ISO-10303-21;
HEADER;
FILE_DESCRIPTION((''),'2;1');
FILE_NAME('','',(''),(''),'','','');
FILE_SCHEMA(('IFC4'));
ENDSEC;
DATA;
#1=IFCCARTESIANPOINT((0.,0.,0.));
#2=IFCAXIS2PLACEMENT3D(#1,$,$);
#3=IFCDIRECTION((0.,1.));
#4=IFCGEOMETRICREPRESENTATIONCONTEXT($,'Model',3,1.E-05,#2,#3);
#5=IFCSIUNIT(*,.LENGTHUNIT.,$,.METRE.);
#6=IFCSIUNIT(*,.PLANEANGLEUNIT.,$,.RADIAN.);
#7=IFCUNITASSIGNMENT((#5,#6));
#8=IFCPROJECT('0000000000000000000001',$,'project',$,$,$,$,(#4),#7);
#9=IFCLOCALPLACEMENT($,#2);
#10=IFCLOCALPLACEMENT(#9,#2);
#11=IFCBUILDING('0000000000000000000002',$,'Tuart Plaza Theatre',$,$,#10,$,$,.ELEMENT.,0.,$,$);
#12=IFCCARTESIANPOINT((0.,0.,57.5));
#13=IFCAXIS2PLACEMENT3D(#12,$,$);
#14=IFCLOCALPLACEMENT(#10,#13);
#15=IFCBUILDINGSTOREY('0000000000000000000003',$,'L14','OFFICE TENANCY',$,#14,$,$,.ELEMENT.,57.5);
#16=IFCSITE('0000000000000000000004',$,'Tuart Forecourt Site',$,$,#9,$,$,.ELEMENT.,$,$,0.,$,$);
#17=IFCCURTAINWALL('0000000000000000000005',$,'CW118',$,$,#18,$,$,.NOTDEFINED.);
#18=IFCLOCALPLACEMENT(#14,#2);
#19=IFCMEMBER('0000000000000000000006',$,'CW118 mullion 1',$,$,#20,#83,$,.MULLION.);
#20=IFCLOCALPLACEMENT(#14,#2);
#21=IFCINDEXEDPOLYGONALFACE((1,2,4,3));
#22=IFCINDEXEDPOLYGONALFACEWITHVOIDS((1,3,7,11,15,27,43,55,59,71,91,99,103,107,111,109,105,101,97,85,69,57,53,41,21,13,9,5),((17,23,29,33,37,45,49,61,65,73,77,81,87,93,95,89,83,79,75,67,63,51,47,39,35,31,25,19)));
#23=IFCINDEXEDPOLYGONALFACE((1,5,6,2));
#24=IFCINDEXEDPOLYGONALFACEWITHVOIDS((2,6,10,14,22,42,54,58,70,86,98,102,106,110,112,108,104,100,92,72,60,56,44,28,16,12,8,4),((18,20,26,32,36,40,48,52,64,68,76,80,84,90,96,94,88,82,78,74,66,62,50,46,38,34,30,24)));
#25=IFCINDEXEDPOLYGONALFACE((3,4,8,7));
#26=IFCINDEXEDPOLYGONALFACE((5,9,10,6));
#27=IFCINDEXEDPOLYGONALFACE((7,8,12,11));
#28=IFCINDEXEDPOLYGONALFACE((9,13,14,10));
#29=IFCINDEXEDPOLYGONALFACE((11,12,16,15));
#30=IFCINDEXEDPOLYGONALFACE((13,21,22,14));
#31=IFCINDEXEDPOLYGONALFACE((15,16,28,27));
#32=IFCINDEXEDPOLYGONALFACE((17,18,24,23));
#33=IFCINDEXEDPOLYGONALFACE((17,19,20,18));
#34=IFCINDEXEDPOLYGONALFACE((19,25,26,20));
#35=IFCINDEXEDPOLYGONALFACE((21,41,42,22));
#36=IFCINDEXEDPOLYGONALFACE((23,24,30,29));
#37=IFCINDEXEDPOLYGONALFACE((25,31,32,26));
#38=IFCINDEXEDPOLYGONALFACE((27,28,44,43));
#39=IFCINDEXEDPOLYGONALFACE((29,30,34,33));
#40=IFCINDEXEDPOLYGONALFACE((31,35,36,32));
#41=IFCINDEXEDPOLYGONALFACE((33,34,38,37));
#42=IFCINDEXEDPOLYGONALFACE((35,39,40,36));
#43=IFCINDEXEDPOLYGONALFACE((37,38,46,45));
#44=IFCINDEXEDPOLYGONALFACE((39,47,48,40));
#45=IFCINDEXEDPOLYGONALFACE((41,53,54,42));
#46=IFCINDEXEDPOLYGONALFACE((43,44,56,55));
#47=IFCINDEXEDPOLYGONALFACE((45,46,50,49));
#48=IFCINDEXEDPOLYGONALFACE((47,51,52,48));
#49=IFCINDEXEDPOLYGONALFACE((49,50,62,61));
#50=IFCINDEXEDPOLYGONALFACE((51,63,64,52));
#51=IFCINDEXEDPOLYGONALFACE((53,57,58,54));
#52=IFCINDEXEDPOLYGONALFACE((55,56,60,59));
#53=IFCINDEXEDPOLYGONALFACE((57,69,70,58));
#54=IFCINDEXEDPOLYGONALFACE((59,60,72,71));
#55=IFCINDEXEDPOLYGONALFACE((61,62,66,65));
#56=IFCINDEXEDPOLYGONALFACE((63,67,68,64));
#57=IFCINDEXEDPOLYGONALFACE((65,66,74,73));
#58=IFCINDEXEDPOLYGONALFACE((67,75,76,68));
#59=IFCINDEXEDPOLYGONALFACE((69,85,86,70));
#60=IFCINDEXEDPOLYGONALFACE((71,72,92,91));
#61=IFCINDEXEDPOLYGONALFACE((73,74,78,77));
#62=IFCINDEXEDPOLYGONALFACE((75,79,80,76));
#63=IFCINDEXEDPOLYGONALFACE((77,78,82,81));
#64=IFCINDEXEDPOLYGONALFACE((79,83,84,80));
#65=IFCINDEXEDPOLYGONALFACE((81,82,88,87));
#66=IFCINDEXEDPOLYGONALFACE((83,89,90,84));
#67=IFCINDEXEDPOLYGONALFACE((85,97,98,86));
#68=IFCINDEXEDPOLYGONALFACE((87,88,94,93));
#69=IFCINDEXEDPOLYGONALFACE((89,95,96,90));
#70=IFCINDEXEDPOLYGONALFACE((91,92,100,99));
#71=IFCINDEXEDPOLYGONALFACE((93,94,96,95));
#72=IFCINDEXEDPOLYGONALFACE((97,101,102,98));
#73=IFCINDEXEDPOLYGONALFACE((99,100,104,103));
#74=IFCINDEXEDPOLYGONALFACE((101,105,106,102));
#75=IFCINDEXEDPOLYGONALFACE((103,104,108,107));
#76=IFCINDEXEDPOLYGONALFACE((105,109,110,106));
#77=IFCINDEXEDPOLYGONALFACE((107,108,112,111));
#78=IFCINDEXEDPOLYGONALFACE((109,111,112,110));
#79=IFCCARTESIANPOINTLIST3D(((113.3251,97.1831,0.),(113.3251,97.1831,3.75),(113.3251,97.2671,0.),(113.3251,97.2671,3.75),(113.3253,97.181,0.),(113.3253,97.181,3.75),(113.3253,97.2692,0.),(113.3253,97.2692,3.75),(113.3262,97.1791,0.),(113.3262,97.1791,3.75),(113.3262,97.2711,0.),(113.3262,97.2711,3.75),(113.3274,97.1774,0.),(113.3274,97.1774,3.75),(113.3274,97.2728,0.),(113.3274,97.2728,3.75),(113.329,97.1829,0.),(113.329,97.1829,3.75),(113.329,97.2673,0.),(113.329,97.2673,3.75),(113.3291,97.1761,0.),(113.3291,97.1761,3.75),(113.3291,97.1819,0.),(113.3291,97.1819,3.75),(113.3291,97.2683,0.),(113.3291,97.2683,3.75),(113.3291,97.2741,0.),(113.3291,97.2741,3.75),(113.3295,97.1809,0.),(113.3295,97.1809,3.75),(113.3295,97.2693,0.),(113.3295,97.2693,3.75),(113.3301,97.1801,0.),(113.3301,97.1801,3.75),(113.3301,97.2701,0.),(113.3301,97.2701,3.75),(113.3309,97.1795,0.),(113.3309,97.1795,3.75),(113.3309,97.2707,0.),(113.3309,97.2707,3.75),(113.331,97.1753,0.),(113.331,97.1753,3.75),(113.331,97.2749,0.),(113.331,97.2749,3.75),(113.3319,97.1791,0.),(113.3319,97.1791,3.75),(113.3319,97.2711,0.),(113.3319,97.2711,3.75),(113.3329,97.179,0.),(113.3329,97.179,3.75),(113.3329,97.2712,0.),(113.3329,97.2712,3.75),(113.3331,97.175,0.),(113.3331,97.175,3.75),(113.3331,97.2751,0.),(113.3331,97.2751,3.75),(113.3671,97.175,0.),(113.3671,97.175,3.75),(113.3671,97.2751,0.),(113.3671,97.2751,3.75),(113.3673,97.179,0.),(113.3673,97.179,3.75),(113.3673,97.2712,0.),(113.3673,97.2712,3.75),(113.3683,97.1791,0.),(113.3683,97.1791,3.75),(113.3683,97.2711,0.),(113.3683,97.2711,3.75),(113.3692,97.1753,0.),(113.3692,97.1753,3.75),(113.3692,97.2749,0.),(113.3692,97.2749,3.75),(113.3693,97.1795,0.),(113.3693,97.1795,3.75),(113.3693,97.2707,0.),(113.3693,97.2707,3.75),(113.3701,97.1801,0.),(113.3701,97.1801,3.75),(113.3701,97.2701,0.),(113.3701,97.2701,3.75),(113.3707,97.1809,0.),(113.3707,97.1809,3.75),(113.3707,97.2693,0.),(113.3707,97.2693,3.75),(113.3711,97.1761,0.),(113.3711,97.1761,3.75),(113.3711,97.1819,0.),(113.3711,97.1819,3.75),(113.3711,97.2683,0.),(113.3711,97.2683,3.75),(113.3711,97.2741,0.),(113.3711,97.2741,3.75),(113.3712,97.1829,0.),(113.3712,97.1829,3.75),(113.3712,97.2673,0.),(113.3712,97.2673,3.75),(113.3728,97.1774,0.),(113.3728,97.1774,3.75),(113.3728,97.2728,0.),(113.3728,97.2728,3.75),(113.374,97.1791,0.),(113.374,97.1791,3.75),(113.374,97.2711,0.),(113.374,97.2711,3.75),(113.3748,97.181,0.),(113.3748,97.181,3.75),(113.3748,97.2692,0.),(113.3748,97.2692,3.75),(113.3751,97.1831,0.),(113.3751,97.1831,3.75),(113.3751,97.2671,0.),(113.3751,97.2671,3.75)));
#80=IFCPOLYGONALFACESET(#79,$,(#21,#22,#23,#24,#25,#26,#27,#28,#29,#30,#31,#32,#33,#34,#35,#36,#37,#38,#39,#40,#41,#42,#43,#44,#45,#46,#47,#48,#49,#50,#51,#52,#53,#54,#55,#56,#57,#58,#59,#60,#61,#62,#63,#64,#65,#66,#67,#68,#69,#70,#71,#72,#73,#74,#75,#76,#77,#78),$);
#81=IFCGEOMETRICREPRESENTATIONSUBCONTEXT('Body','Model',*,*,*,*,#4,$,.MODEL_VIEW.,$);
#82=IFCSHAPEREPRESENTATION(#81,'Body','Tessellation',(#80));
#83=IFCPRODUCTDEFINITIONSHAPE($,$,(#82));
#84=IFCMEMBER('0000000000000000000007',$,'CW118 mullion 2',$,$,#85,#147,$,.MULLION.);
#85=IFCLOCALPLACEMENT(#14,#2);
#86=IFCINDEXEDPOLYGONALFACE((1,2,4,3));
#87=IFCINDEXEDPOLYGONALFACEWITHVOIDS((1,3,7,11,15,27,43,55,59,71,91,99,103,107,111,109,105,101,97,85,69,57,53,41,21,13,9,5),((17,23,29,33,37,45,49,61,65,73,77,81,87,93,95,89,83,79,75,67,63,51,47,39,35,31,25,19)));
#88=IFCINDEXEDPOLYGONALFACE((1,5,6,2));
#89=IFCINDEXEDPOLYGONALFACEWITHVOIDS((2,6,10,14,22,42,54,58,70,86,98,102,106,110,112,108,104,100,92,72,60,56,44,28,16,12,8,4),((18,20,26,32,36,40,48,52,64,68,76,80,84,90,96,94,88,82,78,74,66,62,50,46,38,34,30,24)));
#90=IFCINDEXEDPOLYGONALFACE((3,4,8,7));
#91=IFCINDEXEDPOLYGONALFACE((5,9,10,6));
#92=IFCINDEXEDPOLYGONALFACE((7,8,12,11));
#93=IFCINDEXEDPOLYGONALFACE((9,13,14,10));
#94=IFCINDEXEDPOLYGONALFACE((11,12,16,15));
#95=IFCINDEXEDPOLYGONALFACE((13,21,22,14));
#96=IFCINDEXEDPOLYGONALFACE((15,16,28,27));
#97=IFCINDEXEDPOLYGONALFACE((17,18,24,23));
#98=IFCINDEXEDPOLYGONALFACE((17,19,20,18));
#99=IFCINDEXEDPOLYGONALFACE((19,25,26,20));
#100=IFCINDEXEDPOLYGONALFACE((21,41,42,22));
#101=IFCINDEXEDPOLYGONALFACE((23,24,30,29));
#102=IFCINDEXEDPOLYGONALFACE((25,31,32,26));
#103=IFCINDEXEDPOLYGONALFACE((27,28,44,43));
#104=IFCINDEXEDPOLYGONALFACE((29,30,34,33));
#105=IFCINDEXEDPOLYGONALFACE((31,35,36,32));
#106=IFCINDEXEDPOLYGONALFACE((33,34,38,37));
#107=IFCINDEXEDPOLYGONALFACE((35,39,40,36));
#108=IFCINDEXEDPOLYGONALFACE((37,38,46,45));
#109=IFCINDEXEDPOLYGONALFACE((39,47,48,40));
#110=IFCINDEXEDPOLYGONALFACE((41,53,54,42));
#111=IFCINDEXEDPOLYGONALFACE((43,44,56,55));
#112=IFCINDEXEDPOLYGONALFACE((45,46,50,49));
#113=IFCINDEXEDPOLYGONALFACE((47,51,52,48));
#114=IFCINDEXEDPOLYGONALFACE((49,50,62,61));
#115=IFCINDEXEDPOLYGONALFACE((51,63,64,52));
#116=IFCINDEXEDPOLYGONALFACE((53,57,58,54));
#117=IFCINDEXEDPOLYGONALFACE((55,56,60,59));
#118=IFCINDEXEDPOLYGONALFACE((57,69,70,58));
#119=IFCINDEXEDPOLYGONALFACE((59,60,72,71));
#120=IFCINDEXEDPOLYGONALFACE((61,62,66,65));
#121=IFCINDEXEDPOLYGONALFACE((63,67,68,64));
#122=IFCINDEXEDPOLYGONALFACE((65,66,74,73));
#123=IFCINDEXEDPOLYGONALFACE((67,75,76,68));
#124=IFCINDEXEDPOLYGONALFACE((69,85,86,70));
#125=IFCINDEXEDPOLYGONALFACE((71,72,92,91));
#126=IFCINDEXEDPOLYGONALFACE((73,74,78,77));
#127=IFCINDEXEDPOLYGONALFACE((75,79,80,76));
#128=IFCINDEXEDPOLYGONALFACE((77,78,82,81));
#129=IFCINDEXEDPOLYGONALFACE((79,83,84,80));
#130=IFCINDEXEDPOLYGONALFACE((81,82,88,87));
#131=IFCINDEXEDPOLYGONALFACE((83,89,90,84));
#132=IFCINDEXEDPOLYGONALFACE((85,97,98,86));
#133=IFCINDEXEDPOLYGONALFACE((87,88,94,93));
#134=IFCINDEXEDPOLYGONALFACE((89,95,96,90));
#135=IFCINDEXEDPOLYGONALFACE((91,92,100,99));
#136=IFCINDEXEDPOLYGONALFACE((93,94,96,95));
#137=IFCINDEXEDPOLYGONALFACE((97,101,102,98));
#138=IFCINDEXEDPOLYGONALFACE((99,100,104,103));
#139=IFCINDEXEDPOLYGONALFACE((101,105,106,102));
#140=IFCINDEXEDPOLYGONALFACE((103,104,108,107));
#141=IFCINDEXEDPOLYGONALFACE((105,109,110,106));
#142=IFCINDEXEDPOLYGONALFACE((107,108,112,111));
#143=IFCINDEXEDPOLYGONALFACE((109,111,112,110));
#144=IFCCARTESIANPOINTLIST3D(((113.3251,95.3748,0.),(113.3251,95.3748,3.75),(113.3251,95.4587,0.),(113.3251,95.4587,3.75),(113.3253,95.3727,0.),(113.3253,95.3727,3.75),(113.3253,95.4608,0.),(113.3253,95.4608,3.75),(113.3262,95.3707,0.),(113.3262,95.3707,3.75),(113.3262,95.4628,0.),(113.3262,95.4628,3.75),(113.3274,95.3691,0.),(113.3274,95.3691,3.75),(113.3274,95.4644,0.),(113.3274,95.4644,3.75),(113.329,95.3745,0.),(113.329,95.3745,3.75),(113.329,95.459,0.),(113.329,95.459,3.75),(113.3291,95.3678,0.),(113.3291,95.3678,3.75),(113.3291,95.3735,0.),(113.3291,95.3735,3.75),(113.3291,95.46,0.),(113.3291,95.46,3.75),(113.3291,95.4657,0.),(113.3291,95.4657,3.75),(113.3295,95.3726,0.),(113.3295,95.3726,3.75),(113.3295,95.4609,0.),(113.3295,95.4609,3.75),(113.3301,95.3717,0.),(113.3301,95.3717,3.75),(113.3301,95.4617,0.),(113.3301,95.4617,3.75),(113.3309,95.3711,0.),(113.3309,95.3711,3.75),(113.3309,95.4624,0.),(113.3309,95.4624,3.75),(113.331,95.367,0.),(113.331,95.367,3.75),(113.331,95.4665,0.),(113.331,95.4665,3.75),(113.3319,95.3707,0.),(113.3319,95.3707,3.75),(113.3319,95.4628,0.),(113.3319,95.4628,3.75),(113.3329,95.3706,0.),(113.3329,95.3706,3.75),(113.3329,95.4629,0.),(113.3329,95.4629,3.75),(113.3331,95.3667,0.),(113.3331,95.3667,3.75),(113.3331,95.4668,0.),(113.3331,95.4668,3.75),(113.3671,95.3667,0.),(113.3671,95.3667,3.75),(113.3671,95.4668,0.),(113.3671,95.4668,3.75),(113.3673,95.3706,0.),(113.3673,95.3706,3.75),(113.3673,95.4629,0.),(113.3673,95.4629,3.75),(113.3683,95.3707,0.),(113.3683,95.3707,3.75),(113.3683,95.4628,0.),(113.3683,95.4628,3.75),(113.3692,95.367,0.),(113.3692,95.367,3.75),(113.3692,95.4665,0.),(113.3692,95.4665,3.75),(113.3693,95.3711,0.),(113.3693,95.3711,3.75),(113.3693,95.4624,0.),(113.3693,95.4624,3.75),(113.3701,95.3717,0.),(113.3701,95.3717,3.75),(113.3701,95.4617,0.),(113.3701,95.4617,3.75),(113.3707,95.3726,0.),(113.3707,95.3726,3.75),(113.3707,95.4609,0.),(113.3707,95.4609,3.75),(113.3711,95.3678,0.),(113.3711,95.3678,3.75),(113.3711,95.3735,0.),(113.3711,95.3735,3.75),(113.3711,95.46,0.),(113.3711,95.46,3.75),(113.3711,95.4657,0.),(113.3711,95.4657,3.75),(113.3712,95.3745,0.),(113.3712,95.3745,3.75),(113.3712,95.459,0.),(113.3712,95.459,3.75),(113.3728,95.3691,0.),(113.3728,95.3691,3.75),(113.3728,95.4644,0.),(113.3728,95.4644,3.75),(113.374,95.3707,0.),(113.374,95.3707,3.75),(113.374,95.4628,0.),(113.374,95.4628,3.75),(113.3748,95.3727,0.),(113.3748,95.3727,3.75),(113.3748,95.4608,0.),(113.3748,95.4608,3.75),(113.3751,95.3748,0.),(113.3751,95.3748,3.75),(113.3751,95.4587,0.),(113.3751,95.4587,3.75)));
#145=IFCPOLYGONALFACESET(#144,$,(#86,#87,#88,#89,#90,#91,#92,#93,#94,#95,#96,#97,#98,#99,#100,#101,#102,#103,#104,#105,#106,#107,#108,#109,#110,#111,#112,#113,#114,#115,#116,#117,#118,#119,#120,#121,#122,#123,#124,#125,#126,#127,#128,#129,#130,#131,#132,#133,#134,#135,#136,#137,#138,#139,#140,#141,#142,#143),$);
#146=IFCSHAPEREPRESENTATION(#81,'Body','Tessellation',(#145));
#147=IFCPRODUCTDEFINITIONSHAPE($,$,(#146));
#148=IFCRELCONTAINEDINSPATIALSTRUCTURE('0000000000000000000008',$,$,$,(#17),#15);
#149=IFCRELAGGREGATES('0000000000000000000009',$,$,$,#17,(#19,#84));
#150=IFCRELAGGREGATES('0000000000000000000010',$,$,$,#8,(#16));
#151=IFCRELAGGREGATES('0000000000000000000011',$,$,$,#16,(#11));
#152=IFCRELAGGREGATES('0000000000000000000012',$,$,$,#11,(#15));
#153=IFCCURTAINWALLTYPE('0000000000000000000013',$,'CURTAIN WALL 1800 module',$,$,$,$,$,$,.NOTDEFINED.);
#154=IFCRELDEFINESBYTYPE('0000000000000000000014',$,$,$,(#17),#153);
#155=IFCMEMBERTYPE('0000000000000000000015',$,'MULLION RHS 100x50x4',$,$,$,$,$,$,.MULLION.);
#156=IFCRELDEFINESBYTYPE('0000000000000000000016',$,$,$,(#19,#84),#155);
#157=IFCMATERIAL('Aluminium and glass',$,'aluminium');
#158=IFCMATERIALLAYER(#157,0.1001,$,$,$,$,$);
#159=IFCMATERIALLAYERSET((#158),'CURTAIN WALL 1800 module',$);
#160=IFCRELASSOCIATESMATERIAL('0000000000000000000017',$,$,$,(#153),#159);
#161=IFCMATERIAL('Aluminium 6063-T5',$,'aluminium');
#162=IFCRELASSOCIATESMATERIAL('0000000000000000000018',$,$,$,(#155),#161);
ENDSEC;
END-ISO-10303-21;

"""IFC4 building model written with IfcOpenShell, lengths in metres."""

from ifc_helpers import new_model, si_unit, direction, frame, origin, origin_2d, place, context, subcontext, project, spatial, hollow_rectangle, extrude, material, layer, layer_set, material_profile, profile_set, type_object, element, aggregate, save


model = new_model("IFC4")

# Units and contexts
model_context = context("Model", 3, precision=1e-05, world=origin(), true_north=direction((0.0, 1.0)))
body_context = subcontext(model_context, "Body", "Model", "MODEL_VIEW")
ifc_project = project(units=[si_unit("LENGTHUNIT", "METRE"), si_unit("PLANEANGLEUNIT", "RADIAN")], contexts=[model_context])

# Site, building, storey
site_placement = place(None, origin())
site = spatial("IfcSite", under=ifc_project, at=site_placement, Name="Tuart Forecourt Site", CompositionType="ELEMENT", RefElevation=0.0)
building_placement = place(site_placement, origin())
building = spatial("IfcBuilding", under=site, at=building_placement, Name="Tuart Plaza Theatre", CompositionType="ELEMENT", ElevationOfRefHeight=0.0)
storey_placement = place(building_placement, frame((0.0, 0.0, 57.5)))
storey = spatial("IfcBuildingStorey", under=building, at=storey_placement, Name="L14", Description="OFFICE TENANCY", CompositionType="ELEMENT", Elevation=57.5)

# Curtain wall, members
ifc_material_1 = material(Name="Aluminium and glass", Category="aluminium")
ifc_layer_1 = layer(ifc_material_1, 0.1001)
ifc_layer_set_1 = layer_set([ifc_layer_1], Name="CURTAIN WALL 1800 module")
curtain_wall_type = type_object("IfcCurtainWallType", Name="CURTAIN WALL 1800 module", PredefinedType="NOTDEFINED", material=ifc_layer_set_1)
curtain_wall_placement = place(storey_placement, origin())
curtain_wall = element("IfcCurtainWall", 1, at=curtain_wall_placement, inside=storey, type_object=curtain_wall_type, Name="CW118", PredefinedType="NOTDEFINED")
ifc_material_2 = material(Name="Aluminium 6063-T5", Category="aluminium")
ifc_material_profile = material_profile(ifc_material_2, hollow_rectangle(XDim=0.05, YDim=0.1001, WallThickness=0.0039, InnerFilletRadius=0.0039, OuterFilletRadius=0.0081, at=origin_2d()), Name="RHS 100x50x4")
ifc_profile_set = profile_set([ifc_material_profile], Name="Aluminium 6063-T5")
member_type = type_object("IfcMemberType", Name="MULLION RHS 100x50x4", PredefinedType="MULLION", material=ifc_profile_set)
member_1_placement = place(storey_placement, frame((113.3501, 97.2251, 0.0), z_axis=(0.0, 0.0, 1.0), x_axis=(1.0, 0.0, 0.0)))
member_1 = element("IfcMember", 2, at=member_1_placement, type_object=member_type, Name="CW118 mullion 1", PredefinedType="MULLION", context=body_context, shape_type="SweptSolid", body=[
    extrude(hollow_rectangle(XDim=0.05, YDim=0.1001, WallThickness=0.0039, InnerFilletRadius=0.0039, OuterFilletRadius=0.0081, at=origin_2d()), origin(), (0.0, 0.0, 1.0), 3.75),
])
member_2_placement = place(storey_placement, frame((113.3501, 95.4167, 0.0), z_axis=(0.0, 0.0, 1.0), x_axis=(1.0, 0.0, 0.0)))
member_2 = element("IfcMember", 3, at=member_2_placement, type_object=member_type, Name="CW118 mullion 2", PredefinedType="MULLION", context=body_context, shape_type="SweptSolid", body=[
    extrude(hollow_rectangle(XDim=0.05, YDim=0.1001, WallThickness=0.0039, InnerFilletRadius=0.0039, OuterFilletRadius=0.0081, at=origin_2d()), origin(), (0.0, 0.0, 1.0), 3.75),
])
aggregate(curtain_wall, [member_1, member_2])

save(model, "model.ifc")
